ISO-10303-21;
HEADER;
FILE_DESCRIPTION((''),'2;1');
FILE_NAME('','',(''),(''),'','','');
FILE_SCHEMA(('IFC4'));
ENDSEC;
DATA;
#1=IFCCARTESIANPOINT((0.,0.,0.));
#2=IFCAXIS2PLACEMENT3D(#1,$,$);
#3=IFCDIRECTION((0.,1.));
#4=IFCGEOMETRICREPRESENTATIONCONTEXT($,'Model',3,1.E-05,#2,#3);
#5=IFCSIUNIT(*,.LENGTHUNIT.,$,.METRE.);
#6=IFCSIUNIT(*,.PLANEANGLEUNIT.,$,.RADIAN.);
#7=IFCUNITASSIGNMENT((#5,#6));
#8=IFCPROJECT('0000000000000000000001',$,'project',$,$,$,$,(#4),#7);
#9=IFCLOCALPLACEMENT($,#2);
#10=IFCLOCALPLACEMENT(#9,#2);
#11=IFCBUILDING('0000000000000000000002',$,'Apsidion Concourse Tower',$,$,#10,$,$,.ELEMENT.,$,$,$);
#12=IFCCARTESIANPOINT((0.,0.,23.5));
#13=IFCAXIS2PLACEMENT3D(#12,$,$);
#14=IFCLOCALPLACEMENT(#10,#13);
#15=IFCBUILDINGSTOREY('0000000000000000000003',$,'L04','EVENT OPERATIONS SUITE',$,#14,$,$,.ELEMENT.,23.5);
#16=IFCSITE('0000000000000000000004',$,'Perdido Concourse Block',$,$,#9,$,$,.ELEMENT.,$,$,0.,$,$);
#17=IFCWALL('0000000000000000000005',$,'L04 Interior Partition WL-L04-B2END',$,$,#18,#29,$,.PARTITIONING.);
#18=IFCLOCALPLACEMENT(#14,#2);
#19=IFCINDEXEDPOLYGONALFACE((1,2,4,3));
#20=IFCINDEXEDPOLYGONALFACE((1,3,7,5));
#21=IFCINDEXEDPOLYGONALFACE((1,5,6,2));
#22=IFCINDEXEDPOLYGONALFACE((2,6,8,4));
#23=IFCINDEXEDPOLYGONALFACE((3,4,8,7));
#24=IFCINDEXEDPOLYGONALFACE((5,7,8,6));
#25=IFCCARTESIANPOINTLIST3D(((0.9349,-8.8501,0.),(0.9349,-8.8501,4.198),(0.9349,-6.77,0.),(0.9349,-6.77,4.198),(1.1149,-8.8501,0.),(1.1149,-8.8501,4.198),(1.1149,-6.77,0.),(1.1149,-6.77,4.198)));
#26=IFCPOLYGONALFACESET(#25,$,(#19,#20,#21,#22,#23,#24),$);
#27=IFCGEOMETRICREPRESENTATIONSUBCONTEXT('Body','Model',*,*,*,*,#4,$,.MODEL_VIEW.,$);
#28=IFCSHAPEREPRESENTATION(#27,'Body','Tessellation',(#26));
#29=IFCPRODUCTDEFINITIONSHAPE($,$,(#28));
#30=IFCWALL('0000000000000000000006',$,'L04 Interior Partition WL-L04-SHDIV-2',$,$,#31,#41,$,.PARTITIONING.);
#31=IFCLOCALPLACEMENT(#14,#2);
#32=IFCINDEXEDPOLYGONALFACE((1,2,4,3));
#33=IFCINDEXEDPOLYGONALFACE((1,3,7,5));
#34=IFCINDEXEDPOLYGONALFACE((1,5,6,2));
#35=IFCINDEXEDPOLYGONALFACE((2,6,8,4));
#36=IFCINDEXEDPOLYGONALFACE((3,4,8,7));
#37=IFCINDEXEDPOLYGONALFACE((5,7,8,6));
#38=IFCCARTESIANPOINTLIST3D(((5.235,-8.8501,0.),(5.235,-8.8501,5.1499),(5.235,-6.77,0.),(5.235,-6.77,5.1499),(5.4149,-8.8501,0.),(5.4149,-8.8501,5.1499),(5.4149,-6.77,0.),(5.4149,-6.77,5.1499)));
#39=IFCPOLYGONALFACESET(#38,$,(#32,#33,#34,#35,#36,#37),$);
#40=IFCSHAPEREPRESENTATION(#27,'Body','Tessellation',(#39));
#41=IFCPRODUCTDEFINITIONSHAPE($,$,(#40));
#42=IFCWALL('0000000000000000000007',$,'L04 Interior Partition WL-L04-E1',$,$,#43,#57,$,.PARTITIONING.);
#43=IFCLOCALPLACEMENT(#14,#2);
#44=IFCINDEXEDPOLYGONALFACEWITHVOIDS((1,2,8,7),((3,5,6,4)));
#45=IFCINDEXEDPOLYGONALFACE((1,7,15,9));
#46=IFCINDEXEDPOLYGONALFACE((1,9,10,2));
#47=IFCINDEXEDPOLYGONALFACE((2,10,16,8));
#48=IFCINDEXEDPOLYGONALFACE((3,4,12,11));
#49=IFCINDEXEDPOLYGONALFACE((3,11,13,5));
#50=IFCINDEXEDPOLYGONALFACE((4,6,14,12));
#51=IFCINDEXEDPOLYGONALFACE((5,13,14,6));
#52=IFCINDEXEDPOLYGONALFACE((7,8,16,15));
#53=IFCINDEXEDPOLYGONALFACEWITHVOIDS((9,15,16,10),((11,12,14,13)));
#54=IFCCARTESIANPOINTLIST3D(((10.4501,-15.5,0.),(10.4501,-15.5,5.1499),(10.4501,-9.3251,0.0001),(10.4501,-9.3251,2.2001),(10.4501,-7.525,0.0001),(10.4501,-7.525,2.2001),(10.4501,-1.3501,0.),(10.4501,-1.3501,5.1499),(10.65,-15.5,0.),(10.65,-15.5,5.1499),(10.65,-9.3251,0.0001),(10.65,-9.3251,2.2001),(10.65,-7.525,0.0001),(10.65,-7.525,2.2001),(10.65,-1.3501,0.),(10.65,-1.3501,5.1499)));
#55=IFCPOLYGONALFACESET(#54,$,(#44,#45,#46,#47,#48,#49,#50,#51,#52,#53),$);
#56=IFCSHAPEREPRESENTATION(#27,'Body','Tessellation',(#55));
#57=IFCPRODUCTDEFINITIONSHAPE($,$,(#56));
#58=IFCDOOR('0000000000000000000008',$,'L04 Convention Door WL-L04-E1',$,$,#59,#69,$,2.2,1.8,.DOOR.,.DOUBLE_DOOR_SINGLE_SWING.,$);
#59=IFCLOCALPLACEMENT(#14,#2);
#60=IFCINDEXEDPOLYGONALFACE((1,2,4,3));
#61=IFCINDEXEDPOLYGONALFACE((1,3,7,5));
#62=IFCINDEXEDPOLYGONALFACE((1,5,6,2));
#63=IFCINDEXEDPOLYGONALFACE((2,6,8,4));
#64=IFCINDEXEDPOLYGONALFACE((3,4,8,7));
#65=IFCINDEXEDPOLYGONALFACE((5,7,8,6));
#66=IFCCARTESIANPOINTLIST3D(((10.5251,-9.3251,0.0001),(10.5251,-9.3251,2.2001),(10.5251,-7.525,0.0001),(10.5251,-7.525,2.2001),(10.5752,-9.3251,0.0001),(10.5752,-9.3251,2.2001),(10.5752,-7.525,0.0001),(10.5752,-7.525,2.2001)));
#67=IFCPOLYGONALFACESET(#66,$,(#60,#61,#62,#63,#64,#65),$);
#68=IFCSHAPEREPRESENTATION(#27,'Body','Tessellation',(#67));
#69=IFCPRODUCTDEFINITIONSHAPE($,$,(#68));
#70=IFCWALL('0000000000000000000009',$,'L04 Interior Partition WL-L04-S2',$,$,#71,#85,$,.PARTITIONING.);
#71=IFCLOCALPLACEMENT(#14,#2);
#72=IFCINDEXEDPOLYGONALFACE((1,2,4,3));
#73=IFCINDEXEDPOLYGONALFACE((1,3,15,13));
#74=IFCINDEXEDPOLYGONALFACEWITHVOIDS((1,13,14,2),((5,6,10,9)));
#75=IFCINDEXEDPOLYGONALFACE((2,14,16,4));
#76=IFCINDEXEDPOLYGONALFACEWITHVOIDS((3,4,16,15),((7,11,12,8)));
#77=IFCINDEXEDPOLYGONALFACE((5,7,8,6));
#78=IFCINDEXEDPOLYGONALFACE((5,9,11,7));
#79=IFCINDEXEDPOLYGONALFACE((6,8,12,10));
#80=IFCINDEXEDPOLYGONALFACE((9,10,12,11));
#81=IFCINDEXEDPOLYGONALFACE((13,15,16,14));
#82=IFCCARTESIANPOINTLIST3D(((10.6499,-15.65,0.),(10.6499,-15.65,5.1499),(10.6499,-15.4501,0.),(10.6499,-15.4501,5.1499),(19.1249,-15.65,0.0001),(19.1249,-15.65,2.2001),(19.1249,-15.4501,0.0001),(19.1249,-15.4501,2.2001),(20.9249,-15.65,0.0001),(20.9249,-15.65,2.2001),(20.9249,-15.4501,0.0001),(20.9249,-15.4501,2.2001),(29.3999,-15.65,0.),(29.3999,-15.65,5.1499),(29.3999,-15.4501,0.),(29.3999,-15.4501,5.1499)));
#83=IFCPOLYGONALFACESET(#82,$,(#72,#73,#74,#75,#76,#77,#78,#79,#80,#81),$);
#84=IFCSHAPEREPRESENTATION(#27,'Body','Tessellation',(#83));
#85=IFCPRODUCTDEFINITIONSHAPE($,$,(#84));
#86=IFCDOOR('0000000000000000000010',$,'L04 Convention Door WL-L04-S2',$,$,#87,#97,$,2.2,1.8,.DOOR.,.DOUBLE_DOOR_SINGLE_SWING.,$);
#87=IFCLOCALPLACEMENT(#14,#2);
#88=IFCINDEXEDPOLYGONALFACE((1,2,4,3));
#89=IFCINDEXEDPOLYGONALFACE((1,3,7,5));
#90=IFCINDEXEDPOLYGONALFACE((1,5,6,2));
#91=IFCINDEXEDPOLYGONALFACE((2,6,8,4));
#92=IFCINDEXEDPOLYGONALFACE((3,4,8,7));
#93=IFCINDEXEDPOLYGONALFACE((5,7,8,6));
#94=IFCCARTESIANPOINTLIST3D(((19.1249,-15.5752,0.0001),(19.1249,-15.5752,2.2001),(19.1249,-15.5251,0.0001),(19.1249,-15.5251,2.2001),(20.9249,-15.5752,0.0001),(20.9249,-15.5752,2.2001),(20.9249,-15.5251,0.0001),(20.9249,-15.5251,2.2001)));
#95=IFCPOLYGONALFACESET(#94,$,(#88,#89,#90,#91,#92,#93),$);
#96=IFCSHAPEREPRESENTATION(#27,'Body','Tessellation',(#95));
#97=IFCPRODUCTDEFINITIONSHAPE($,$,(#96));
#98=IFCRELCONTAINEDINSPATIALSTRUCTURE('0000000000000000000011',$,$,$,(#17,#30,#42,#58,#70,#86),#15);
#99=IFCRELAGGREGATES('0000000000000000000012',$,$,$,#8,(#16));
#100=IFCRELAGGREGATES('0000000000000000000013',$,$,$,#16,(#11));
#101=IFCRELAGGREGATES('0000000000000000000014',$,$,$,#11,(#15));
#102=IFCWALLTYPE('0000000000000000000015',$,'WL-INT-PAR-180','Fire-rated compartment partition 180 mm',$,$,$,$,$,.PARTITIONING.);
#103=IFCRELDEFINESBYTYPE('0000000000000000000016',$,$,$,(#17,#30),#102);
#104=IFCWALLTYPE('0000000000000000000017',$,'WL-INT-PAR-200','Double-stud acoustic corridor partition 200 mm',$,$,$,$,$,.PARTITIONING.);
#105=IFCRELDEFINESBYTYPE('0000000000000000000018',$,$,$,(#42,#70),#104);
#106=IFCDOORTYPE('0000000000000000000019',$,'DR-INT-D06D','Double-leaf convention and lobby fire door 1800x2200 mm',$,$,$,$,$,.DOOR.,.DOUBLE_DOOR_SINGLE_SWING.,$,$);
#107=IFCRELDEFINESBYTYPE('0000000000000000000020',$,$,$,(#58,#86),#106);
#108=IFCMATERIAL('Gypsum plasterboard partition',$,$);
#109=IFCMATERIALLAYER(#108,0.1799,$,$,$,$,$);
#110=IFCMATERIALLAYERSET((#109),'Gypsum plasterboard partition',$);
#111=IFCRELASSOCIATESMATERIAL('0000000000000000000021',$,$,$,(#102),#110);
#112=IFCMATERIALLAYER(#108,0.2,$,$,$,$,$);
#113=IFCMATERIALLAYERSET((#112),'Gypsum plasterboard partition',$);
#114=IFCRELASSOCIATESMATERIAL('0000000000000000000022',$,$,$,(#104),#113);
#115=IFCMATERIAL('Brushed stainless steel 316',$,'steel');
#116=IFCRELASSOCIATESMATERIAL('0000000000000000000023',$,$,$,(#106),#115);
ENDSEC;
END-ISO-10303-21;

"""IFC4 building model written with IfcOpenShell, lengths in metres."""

from ifc_helpers import new_model, si_unit, direction, frame, frame_2d, origin, place, context, subcontext, project, spatial, rectangle, extrude, material, layer, layer_set, type_object, element, fill, save


model = new_model("IFC4")

# Units and contexts
model_context = context("Model", 3, precision=1e-05, world=origin(), true_north=direction((0.0, 1.0)))
body_context = subcontext(model_context, "Body", "Model", "MODEL_VIEW")
ifc_project = project(units=[si_unit("LENGTHUNIT", "METRE"), si_unit("PLANEANGLEUNIT", "RADIAN")], contexts=[model_context])

# Site, building, storey
site_placement = place(None, origin())
site = spatial("IfcSite", under=ifc_project, at=site_placement, Name="Perdido Concourse Block", CompositionType="ELEMENT", RefElevation=0.0)
building_placement = place(site_placement, origin())
building = spatial("IfcBuilding", under=site, at=building_placement, Name="Apsidion Concourse Tower", CompositionType="ELEMENT")
storey_placement = place(building_placement, frame((0.0, 0.0, 23.5)))
storey = spatial("IfcBuildingStorey", under=building, at=storey_placement, Name="L04", Description="EVENT OPERATIONS SUITE", CompositionType="ELEMENT", Elevation=23.5)

# Walls
ifc_material_1 = material(Name="Gypsum plasterboard partition")
ifc_layer_1 = layer(ifc_material_1, 0.1799)
ifc_layer_set_1 = layer_set([ifc_layer_1], Name="Gypsum plasterboard partition")
wall_type_1 = type_object("IfcWallType", Name="WL-INT-PAR-180", Description="Fire-rated compartment partition 180 mm", PredefinedType="PARTITIONING", material=ifc_layer_set_1)
wall_1_placement = place(storey_placement, frame((1.0249, -8.8501, 0.0), z_axis=(0.0, 0.0, 1.0), x_axis=(0.0, 1.0, 0.0)))
element("IfcWall", 1, at=wall_1_placement, inside=storey, type_object=wall_type_1, Name="L04 Interior Partition WL-L04-B2END", PredefinedType="PARTITIONING", context=body_context, shape_type="SweptSolid", body=[
    extrude(rectangle(XDim=2.0801, YDim=0.1799, at=frame_2d((1.04, 0.0))), origin(), (0.0, 0.0, 1.0), 4.198),
])
wall_2_placement = place(storey_placement, frame((5.325, -8.8501, 0.0), z_axis=(0.0, 0.0, 1.0), x_axis=(0.0, 1.0, 0.0)))
element("IfcWall", 2, at=wall_2_placement, inside=storey, type_object=wall_type_1, Name="L04 Interior Partition WL-L04-SHDIV-2", PredefinedType="PARTITIONING", context=body_context, shape_type="SweptSolid", body=[
    extrude(rectangle(XDim=2.0801, YDim=0.1799, at=frame_2d((1.04, 0.0))), origin(), (0.0, 0.0, 1.0), 5.1499),
])

# Walls, openings, doors
ifc_layer_2 = layer(ifc_material_1, 0.2)
ifc_layer_set_2 = layer_set([ifc_layer_2], Name="Gypsum plasterboard partition")
wall_type_2 = type_object("IfcWallType", Name="WL-INT-PAR-200", Description="Double-stud acoustic corridor partition 200 mm", PredefinedType="PARTITIONING", material=ifc_layer_set_2)
wall_3_placement = place(storey_placement, frame((10.55, -15.5, 0.0), z_axis=(0.0, 0.0, 1.0), x_axis=(0.0, 1.0, 0.0)))
wall_3 = element("IfcWall", 3, at=wall_3_placement, inside=storey, type_object=wall_type_2, Name="L04 Interior Partition WL-L04-E1", PredefinedType="PARTITIONING", context=body_context, shape_type="SweptSolid", body=[
    extrude(rectangle(XDim=14.1499, YDim=0.2, at=frame_2d((7.075, 0.0))), origin(), (0.0, 0.0, 1.0), 5.1499),
])
opening_1_placement = place(wall_3_placement, frame((6.175, 0.0, 0.0)))
opening_1 = element("IfcOpeningElement", 4, at=opening_1_placement, cuts=wall_3, PredefinedType="OPENING", context=body_context, shape_type="SweptSolid", body=[
    extrude(rectangle(XDim=1.8, YDim=2.2, at=frame_2d((0.8999, 1.1001))), frame((0.0, 0.1099, 0.0), z_axis=(0.0, -1.0, 0.0), x_axis=(1.0, 0.0, 0.0)), (0.0, 0.0, 1.0), 0.22),
])
ifc_material_2 = material(Name="Brushed stainless steel 316", Category="steel")
door_type_1 = type_object("IfcDoorType", Name="DR-INT-D06D", Description="Double-leaf convention and lobby fire door 1800x2200 mm", OperationType="DOUBLE_DOOR_SINGLE_SWING", PredefinedType="DOOR", material=ifc_material_2)
door_1_placement = place(opening_1_placement, origin())
door_1 = element("IfcDoor", 5, at=door_1_placement, inside=storey, type_object=door_type_1, Name="L04 Convention Door WL-L04-E1", OperationType="DOUBLE_DOOR_SINGLE_SWING", OverallHeight=2.2, OverallWidth=1.8, PredefinedType="DOOR", context=body_context, shape_type="SweptSolid", body=[
    extrude(rectangle(XDim=1.8, YDim=2.2, at=frame_2d((0.8999, 1.1001))), frame((0.0, 0.0249, 0.0), z_axis=(0.0, -1.0, 0.0), x_axis=(1.0, 0.0, 0.0)), (0.0, 0.0, 1.0), 0.05),
])
fill(opening_1, door_1)
wall_4_placement = place(storey_placement, frame((10.6499, -15.55, 0.0), z_axis=(0.0, 0.0, 1.0), x_axis=(1.0, 0.0, 0.0)))
wall_4 = element("IfcWall", 6, at=wall_4_placement, inside=storey, type_object=wall_type_2, Name="L04 Interior Partition WL-L04-S2", PredefinedType="PARTITIONING", context=body_context, shape_type="SweptSolid", body=[
    extrude(rectangle(XDim=18.75, YDim=0.2, at=frame_2d((9.375, 0.0))), origin(), (0.0, 0.0, 1.0), 5.1499),
])
opening_2_placement = place(wall_4_placement, frame((8.4751, 0.0, 0.0)))
opening_2 = element("IfcOpeningElement", 7, at=opening_2_placement, cuts=wall_4, PredefinedType="OPENING", context=body_context, shape_type="SweptSolid", body=[
    extrude(rectangle(XDim=1.8, YDim=2.2, at=frame_2d((0.8999, 1.1001))), frame((0.0, 0.1099, 0.0), z_axis=(0.0, -1.0, 0.0), x_axis=(1.0, 0.0, 0.0)), (0.0, 0.0, 1.0), 0.22),
])
door_2_placement = place(opening_2_placement, origin())
door_2 = element("IfcDoor", 8, at=door_2_placement, inside=storey, type_object=door_type_1, Name="L04 Convention Door WL-L04-S2", OperationType="DOUBLE_DOOR_SINGLE_SWING", OverallHeight=2.2, OverallWidth=1.8, PredefinedType="DOOR", context=body_context, shape_type="SweptSolid", body=[
    extrude(rectangle(XDim=1.8, YDim=2.2, at=frame_2d((0.8999, 1.1001))), frame((0.0, 0.0249, 0.0), z_axis=(0.0, -1.0, 0.0), x_axis=(1.0, 0.0, 0.0)), (0.0, 0.0, 1.0), 0.05),
])
fill(opening_2, door_2)

save(model, "model.ifc")
